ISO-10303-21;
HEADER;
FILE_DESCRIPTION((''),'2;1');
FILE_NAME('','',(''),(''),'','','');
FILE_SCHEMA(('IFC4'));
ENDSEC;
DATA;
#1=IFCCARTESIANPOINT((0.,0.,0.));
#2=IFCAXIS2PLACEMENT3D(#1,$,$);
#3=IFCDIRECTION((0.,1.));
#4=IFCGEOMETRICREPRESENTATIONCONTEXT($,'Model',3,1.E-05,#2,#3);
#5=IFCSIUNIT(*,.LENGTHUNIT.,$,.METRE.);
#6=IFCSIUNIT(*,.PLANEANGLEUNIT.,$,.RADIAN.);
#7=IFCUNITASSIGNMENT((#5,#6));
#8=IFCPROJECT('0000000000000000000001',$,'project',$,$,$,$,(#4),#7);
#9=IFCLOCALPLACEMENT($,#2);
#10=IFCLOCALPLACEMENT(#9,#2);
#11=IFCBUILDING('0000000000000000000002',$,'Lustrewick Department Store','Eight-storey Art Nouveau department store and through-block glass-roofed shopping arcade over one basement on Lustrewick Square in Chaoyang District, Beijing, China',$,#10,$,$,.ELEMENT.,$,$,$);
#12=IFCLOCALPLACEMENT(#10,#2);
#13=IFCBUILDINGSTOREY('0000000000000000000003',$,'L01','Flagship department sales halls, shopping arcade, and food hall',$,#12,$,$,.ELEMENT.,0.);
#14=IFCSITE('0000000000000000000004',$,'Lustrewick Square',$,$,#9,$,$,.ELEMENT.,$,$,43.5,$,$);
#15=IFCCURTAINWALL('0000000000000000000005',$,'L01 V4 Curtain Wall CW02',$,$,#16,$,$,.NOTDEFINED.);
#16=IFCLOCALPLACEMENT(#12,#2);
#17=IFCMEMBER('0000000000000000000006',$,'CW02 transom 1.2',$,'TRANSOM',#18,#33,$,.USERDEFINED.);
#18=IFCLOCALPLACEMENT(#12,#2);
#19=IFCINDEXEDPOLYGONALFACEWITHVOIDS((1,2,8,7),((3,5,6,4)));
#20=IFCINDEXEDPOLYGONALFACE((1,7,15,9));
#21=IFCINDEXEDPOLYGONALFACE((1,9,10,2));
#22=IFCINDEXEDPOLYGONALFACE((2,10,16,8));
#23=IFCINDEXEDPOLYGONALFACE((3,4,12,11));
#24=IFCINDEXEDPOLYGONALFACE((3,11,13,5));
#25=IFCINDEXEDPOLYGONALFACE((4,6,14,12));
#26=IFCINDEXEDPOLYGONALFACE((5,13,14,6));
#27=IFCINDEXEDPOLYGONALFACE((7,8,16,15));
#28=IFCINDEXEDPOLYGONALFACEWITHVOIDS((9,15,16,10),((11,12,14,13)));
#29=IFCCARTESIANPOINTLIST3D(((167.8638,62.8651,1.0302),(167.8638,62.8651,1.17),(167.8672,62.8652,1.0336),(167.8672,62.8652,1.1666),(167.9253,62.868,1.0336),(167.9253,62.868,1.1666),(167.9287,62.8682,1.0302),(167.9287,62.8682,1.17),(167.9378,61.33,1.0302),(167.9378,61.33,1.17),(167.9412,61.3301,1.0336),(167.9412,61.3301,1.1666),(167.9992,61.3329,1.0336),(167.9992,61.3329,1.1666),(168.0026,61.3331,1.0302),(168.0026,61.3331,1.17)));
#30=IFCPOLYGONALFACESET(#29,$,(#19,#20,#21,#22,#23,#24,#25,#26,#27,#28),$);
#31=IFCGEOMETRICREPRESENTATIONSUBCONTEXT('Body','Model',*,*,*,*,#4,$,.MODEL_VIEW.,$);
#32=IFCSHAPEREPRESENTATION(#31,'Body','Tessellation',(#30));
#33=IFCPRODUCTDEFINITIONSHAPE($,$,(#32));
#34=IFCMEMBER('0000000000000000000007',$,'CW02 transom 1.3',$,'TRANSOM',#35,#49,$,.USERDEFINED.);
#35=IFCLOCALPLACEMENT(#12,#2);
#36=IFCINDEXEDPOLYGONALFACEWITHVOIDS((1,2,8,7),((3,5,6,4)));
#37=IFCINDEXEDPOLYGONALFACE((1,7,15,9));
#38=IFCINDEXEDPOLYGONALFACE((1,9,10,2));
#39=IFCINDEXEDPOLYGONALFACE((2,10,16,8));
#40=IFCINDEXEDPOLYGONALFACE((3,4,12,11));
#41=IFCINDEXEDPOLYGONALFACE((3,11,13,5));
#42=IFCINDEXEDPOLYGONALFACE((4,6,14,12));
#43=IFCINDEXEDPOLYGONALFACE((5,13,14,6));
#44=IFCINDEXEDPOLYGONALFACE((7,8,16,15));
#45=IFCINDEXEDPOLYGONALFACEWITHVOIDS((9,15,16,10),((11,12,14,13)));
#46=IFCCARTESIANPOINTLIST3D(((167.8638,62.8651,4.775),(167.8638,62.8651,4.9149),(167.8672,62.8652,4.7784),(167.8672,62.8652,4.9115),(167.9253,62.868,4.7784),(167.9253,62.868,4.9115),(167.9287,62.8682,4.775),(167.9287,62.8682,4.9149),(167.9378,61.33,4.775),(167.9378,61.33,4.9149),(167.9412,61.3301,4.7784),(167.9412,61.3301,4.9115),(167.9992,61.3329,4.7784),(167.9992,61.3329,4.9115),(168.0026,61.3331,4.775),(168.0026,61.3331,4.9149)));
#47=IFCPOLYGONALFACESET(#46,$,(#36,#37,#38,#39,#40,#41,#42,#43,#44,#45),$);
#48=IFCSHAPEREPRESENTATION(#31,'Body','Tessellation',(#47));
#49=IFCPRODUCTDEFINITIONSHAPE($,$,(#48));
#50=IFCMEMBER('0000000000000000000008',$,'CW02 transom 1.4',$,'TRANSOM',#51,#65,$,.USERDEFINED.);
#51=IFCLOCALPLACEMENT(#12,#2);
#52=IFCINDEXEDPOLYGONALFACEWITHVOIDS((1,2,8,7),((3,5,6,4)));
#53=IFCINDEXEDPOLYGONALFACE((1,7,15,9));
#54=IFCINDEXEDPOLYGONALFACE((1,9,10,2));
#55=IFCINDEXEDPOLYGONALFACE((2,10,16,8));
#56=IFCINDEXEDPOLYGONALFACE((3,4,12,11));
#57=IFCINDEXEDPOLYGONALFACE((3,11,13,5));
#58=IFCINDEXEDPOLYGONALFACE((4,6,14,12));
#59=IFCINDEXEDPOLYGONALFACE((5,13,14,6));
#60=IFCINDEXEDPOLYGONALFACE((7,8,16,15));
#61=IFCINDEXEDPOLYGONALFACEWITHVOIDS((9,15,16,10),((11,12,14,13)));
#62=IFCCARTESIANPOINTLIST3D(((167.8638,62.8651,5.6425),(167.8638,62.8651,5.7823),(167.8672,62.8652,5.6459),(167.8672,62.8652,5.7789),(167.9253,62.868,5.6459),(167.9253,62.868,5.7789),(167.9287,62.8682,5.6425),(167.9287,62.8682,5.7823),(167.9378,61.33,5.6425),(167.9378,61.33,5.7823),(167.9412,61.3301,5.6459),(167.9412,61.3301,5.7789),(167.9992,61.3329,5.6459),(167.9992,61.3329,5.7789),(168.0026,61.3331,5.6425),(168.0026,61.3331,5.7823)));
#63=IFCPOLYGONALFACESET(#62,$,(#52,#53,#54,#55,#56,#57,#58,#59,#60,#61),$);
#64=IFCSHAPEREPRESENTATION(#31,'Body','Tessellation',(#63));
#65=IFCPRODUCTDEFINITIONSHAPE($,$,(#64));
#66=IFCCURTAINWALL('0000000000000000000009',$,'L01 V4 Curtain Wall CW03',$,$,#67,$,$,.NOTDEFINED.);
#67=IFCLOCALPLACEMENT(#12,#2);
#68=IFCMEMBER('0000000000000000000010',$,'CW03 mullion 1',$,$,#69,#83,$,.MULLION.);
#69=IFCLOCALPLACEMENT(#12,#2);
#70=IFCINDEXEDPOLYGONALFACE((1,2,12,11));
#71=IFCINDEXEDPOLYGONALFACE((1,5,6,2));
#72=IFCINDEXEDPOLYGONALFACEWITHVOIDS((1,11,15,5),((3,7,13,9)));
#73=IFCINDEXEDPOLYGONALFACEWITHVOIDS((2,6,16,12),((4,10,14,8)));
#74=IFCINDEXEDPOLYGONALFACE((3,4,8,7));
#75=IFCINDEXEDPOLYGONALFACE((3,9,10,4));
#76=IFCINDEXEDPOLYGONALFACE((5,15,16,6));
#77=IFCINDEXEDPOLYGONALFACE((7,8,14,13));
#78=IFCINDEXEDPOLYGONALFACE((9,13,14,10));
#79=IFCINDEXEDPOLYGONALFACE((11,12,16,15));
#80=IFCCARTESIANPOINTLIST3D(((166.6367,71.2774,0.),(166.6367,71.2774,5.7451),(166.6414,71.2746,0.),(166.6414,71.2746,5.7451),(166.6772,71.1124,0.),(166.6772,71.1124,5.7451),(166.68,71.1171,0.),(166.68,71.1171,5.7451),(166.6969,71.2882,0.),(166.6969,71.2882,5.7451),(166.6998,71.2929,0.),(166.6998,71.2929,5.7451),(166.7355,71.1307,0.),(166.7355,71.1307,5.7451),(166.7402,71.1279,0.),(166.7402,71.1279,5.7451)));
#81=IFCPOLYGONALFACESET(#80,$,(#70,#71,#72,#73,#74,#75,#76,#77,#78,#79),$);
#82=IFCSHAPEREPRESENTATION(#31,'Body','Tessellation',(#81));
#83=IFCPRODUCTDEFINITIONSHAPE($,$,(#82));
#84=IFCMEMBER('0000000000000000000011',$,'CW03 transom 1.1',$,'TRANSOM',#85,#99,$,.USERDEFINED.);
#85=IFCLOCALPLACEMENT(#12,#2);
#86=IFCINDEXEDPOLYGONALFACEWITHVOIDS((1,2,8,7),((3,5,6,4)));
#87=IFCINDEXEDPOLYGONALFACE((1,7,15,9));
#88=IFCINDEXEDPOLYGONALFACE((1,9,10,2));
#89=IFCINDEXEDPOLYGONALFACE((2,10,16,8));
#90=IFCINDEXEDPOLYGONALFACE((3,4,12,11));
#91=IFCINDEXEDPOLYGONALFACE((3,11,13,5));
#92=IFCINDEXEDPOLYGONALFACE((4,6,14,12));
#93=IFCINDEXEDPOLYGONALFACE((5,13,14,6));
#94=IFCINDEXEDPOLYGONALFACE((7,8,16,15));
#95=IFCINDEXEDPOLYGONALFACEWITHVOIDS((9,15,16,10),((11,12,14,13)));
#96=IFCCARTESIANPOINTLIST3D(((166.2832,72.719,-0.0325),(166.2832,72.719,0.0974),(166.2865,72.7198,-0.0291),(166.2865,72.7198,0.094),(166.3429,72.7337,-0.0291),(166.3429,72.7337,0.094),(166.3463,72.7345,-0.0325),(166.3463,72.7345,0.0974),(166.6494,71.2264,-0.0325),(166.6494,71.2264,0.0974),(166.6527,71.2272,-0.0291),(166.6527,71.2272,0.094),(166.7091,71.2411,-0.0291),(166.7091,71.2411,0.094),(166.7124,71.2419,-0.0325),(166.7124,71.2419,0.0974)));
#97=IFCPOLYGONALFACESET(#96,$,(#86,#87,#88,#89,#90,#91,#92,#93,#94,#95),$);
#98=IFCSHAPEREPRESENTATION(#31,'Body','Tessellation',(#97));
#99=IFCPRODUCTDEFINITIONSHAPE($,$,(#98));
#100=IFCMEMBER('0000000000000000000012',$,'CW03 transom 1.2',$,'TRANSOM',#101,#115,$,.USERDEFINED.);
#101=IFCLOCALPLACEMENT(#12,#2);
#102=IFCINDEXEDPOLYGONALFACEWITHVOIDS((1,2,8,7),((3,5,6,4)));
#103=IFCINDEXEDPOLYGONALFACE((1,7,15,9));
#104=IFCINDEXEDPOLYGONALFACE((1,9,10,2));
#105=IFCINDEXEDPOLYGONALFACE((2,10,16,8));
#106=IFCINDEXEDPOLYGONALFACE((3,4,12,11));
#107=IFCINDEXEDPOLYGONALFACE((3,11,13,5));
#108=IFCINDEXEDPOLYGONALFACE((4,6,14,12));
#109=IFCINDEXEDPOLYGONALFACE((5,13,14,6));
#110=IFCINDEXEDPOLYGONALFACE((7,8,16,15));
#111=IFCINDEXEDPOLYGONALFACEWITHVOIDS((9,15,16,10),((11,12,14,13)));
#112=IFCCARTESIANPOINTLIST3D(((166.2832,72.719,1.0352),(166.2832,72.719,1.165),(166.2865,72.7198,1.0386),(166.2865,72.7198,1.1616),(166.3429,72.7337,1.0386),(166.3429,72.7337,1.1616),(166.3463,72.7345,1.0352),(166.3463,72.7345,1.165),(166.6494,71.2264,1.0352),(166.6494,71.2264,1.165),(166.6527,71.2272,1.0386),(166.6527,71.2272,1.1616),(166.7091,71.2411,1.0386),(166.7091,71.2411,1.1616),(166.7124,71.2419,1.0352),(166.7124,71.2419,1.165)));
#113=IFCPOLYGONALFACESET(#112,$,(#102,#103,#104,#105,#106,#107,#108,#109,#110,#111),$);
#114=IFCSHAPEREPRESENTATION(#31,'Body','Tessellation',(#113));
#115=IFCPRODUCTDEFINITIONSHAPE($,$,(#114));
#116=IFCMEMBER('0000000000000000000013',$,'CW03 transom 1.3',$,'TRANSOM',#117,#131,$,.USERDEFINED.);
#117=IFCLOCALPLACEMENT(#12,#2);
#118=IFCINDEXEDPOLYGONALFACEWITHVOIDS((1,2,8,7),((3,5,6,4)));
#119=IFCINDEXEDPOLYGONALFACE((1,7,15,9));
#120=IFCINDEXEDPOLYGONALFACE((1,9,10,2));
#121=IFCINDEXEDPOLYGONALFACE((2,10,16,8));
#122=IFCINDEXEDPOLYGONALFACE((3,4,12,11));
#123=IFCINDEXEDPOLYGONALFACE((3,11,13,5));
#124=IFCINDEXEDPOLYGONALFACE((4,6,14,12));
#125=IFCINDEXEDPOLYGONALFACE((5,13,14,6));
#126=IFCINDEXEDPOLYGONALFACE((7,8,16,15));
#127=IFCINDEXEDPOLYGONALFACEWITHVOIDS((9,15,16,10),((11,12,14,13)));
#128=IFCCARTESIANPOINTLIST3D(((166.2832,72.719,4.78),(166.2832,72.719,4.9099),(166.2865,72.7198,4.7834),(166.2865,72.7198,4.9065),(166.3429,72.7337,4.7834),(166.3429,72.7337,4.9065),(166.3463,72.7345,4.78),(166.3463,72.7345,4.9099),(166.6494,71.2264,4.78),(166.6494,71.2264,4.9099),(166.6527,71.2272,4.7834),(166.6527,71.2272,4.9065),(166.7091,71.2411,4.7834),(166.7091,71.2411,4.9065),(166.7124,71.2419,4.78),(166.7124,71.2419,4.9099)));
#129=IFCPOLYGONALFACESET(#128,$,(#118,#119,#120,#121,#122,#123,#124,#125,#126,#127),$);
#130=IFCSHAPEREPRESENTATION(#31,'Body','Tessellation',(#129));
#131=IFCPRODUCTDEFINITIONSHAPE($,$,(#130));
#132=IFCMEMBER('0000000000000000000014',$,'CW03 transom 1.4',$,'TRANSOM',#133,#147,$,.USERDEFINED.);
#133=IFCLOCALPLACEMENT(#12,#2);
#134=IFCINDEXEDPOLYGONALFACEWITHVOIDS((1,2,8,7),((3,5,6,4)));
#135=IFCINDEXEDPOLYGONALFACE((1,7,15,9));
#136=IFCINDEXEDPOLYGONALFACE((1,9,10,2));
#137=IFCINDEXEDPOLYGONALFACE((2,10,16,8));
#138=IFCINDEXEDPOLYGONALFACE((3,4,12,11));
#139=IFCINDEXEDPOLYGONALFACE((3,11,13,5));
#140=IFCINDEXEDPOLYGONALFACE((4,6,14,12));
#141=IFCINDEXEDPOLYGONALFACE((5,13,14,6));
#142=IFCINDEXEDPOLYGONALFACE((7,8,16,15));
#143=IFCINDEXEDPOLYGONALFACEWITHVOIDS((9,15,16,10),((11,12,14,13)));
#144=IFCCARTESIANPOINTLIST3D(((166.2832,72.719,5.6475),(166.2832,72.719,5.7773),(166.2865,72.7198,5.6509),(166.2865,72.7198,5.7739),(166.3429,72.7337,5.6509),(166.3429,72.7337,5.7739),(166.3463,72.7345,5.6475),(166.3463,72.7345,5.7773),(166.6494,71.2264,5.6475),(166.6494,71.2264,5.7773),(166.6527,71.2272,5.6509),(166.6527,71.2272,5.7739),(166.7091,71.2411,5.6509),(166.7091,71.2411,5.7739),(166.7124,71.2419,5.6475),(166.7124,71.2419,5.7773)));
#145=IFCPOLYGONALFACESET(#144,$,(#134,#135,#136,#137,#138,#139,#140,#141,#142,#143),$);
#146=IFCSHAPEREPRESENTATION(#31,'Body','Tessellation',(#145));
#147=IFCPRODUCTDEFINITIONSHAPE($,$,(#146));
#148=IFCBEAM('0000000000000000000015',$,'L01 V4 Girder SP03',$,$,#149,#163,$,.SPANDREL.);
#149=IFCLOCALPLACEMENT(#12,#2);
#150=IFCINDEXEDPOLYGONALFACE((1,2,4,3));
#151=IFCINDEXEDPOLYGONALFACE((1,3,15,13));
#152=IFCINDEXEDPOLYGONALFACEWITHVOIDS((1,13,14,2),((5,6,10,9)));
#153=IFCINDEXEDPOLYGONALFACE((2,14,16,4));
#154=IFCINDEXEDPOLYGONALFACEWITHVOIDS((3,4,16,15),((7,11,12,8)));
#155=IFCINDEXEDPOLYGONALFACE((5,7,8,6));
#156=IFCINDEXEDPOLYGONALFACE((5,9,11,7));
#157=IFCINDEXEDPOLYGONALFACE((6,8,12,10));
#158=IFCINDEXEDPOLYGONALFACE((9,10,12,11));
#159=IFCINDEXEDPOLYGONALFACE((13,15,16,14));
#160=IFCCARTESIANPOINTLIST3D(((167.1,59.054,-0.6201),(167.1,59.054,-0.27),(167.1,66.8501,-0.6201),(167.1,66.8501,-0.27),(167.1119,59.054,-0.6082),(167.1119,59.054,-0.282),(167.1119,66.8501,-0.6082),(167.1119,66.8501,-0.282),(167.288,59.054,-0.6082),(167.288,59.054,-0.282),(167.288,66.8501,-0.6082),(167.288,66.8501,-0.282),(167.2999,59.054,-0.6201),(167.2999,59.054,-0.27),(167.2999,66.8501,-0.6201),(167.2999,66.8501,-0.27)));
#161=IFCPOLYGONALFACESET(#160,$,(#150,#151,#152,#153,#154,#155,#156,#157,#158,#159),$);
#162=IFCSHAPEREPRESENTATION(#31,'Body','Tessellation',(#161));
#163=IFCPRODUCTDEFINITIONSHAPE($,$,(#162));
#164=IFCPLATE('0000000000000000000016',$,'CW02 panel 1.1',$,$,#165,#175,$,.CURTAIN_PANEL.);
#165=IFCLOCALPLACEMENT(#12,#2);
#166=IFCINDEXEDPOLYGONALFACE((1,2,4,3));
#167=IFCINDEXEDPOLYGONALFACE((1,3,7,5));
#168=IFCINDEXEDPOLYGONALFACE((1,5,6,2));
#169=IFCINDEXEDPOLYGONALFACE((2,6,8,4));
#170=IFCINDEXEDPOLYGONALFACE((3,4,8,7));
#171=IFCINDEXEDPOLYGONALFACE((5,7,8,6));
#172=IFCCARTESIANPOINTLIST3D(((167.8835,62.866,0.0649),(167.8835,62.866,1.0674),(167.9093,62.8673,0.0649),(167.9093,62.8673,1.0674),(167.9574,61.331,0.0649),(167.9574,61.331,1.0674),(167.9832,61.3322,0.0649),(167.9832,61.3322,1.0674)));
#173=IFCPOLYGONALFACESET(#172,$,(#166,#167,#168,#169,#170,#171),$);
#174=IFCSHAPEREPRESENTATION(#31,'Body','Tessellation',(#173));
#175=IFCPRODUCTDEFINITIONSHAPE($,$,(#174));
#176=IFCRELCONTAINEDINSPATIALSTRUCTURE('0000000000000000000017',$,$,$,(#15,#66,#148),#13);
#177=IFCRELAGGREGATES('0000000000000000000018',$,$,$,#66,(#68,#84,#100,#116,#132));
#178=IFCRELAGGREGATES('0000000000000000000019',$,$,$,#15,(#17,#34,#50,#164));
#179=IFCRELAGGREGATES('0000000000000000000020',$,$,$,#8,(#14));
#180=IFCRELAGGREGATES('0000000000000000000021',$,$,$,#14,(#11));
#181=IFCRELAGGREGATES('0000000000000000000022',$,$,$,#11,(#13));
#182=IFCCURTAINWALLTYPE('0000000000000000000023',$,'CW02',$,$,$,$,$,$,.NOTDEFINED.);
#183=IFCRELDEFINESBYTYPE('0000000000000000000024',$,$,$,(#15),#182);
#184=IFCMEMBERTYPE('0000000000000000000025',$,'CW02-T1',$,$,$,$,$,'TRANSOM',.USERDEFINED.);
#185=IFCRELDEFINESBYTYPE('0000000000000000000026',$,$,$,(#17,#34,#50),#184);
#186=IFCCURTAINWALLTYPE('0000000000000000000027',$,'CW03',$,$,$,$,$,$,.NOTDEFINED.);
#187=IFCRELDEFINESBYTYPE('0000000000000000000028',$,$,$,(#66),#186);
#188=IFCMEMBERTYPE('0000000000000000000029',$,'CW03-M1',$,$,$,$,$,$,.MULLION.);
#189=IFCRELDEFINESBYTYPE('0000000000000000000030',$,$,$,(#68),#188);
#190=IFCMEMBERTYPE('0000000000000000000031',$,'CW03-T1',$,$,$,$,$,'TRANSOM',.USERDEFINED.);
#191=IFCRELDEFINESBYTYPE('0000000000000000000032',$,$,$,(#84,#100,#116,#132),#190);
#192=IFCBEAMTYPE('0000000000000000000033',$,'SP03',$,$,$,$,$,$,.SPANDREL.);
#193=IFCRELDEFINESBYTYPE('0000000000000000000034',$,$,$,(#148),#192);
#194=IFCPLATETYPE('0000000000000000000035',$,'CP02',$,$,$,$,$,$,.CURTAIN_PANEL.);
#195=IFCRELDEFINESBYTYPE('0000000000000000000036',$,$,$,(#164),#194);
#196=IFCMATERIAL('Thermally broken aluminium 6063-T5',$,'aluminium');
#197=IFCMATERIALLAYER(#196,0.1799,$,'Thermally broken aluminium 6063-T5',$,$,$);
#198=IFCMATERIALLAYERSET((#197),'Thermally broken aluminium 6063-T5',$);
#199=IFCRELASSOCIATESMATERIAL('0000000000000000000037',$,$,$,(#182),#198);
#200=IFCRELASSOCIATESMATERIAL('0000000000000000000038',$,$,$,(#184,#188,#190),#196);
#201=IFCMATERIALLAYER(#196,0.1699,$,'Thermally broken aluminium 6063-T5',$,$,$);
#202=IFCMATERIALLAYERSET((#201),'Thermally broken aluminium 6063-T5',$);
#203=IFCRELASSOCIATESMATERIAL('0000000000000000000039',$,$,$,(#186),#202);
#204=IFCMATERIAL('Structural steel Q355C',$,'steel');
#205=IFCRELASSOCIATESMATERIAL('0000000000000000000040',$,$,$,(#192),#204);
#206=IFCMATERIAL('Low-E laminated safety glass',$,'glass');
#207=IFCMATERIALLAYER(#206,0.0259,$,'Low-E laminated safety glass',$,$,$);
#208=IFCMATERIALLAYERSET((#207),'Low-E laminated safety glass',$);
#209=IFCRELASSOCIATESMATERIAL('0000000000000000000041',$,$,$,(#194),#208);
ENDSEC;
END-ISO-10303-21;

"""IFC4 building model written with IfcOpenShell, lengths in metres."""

from ifc_helpers import new_model, si_unit, direction, frame, origin, origin_2d, place, context, subcontext, project, spatial, rectangle, hollow_rectangle, extrude, material, layer, layer_set, material_profile, profile_set, type_object, element, aggregate, save


model = new_model("IFC4")

# Units and contexts
model_context = context("Model", 3, precision=1e-05, world=origin(), true_north=direction((0.0, 1.0)))
body_context = subcontext(model_context, "Body", "Model", "MODEL_VIEW")
ifc_project = project(units=[si_unit("LENGTHUNIT", "METRE"), si_unit("PLANEANGLEUNIT", "RADIAN")], contexts=[model_context])

# Site, building, storey
site_placement = place(None, origin())
site = spatial("IfcSite", under=ifc_project, at=site_placement, Name="Lustrewick Square", CompositionType="ELEMENT", RefElevation=43.5)
building_placement = place(site_placement, origin())
building = spatial("IfcBuilding", under=site, at=building_placement, Name="Lustrewick Department Store", Description="Eight-storey Art Nouveau department store and through-block glass-roofed shopping arcade over one basement on Lustrewick Square in Chaoyang District, Beijing, China", CompositionType="ELEMENT")
storey_placement = place(building_placement, origin())
storey = spatial("IfcBuildingStorey", under=building, at=storey_placement, Name="L01", Description="Flagship department sales halls, shopping arcade, and food hall", CompositionType="ELEMENT", Elevation=0.0)

# Shared definitions
ifc_material_1 = material(Name="Structural steel Q355C", Category="steel")

# Curtain walls, members
ifc_material_2 = material(Name="Thermally broken aluminium 6063-T5", Category="aluminium")
ifc_layer_1 = layer(ifc_material_2, 0.1799, Name="Thermally broken aluminium 6063-T5")
ifc_layer_set_1 = layer_set([ifc_layer_1], Name="Thermally broken aluminium 6063-T5")
curtain_wall_type_1 = type_object("IfcCurtainWallType", Name="CW02", PredefinedType="NOTDEFINED", material=ifc_layer_set_1)
curtain_wall_1_placement = place(storey_placement, origin())
curtain_wall_1 = element("IfcCurtainWall", 1, at=curtain_wall_1_placement, inside=storey, type_object=curtain_wall_type_1, Name="L01 V4 Curtain Wall CW02", PredefinedType="NOTDEFINED")
ifc_material_profile_1 = material_profile(ifc_material_2, hollow_rectangle(XDim=0.0649, YDim=0.1399, WallThickness=0.0034, at=origin_2d()), Name="ALU-T 65x140x3.5")
ifc_profile_set_1 = profile_set([ifc_material_profile_1], Name="Thermally broken aluminium 6063-T5")
member_type_1 = type_object("IfcMemberType", Name="CW02-T1", ElementType="TRANSOM", PredefinedType="USERDEFINED", material=ifc_profile_set_1)
member_1_placement = place(storey_placement, frame((167.9702, 61.3315, 1.1001), z_axis=(-0.048131, 0.998841, 0.0), x_axis=(-0.998841, -0.048131, 0.0)))
member_1 = element("IfcMember", 2, at=member_1_placement, type_object=member_type_1, Name="CW02 transom 1.2", ObjectType="TRANSOM", PredefinedType="USERDEFINED", context=body_context, shape_type="SweptSolid", body=[
    extrude(hollow_rectangle(XDim=0.0649, YDim=0.1399, WallThickness=0.0034, at=origin_2d()), origin(), (0.0, 0.0, 1.0), 1.5369),
])
member_2_placement = place(storey_placement, frame((167.9702, 61.3315, 4.845), z_axis=(-0.048131, 0.998841, 0.0), x_axis=(-0.998841, -0.048131, 0.0)))
member_2 = element("IfcMember", 3, at=member_2_placement, type_object=member_type_1, Name="CW02 transom 1.3", ObjectType="TRANSOM", PredefinedType="USERDEFINED", context=body_context, shape_type="SweptSolid", body=[
    extrude(hollow_rectangle(XDim=0.0649, YDim=0.1399, WallThickness=0.0034, at=origin_2d()), origin(), (0.0, 0.0, 1.0), 1.5369),
])
member_3_placement = place(storey_placement, frame((167.9702, 61.3315, 5.7124), z_axis=(-0.048131, 0.998841, 0.0), x_axis=(-0.998841, -0.048131, 0.0)))
member_3 = element("IfcMember", 4, at=member_3_placement, type_object=member_type_1, Name="CW02 transom 1.4", ObjectType="TRANSOM", PredefinedType="USERDEFINED", context=body_context, shape_type="SweptSolid", body=[
    extrude(hollow_rectangle(XDim=0.0649, YDim=0.1399, WallThickness=0.0034, at=origin_2d()), origin(), (0.0, 0.0, 1.0), 1.5369),
])
ifc_layer_2 = layer(ifc_material_2, 0.1699, Name="Thermally broken aluminium 6063-T5")
ifc_layer_set_2 = layer_set([ifc_layer_2], Name="Thermally broken aluminium 6063-T5")
curtain_wall_type_2 = type_object("IfcCurtainWallType", Name="CW03", PredefinedType="NOTDEFINED", material=ifc_layer_set_2)
curtain_wall_2_placement = place(storey_placement, origin())
curtain_wall_2 = element("IfcCurtainWall", 5, at=curtain_wall_2_placement, inside=storey, type_object=curtain_wall_type_2, Name="L01 V4 Curtain Wall CW03", PredefinedType="NOTDEFINED")
ifc_material_profile_2 = material_profile(ifc_material_2, hollow_rectangle(XDim=0.0649, YDim=0.1699, WallThickness=0.0039, at=origin_2d()), Name="ALU-M 65x170x4")
ifc_profile_set_2 = profile_set([ifc_material_profile_2], Name="Thermally broken aluminium 6063-T5")
member_type_2 = type_object("IfcMemberType", Name="CW03-M1", PredefinedType="MULLION", material=ifc_profile_set_2)
member_4_placement = place(storey_placement, frame((166.6885, 71.2026, 0.0), z_axis=(0.0, 0.0, 1.0), x_axis=(-0.971223, -0.238171, 0.0)))
member_4 = element("IfcMember", 6, at=member_4_placement, type_object=member_type_2, Name="CW03 mullion 1", PredefinedType="MULLION", context=body_context, shape_type="SweptSolid", body=[
    extrude(hollow_rectangle(XDim=0.0649, YDim=0.1699, WallThickness=0.0039, at=origin_2d()), origin(), (0.0, 0.0, 1.0), 5.7451),
])
ifc_material_profile_3 = material_profile(ifc_material_2, hollow_rectangle(XDim=0.0649, YDim=0.1299, WallThickness=0.0034, at=origin_2d()), Name="ALU-T 65x130x3.5")
ifc_profile_set_3 = profile_set([ifc_material_profile_3], Name="Thermally broken aluminium 6063-T5")
member_type_3 = type_object("IfcMemberType", Name="CW03-T1", ElementType="TRANSOM", PredefinedType="USERDEFINED", material=ifc_profile_set_3)
member_5_placement = place(storey_placement, frame((166.6809, 71.2341, 0.0325), z_axis=(-0.238272, 0.971198, 0.0), x_axis=(-0.971198, -0.238272, 0.0)))
member_5 = element("IfcMember", 7, at=member_5_placement, type_object=member_type_3, Name="CW03 transom 1.1", ObjectType="TRANSOM", PredefinedType="USERDEFINED", context=body_context, shape_type="SweptSolid", body=[
    extrude(hollow_rectangle(XDim=0.0649, YDim=0.1299, WallThickness=0.0034, at=origin_2d()), origin(), (0.0, 0.0, 1.0), 1.5369),
])
member_6_placement = place(storey_placement, frame((166.6809, 71.2341, 1.1001), z_axis=(-0.238272, 0.971198, 0.0), x_axis=(-0.971198, -0.238272, 0.0)))
member_6 = element("IfcMember", 8, at=member_6_placement, type_object=member_type_3, Name="CW03 transom 1.2", ObjectType="TRANSOM", PredefinedType="USERDEFINED", context=body_context, shape_type="SweptSolid", body=[
    extrude(hollow_rectangle(XDim=0.0649, YDim=0.1299, WallThickness=0.0034, at=origin_2d()), origin(), (0.0, 0.0, 1.0), 1.5369),
])
member_7_placement = place(storey_placement, frame((166.6809, 71.2341, 4.845), z_axis=(-0.238272, 0.971198, 0.0), x_axis=(-0.971198, -0.238272, 0.0)))
member_7 = element("IfcMember", 9, at=member_7_placement, type_object=member_type_3, Name="CW03 transom 1.3", ObjectType="TRANSOM", PredefinedType="USERDEFINED", context=body_context, shape_type="SweptSolid", body=[
    extrude(hollow_rectangle(XDim=0.0649, YDim=0.1299, WallThickness=0.0034, at=origin_2d()), origin(), (0.0, 0.0, 1.0), 1.5369),
])
member_8_placement = place(storey_placement, frame((166.6809, 71.2341, 5.7124), z_axis=(-0.238272, 0.971198, 0.0), x_axis=(-0.971198, -0.238272, 0.0)))
member_8 = element("IfcMember", 10, at=member_8_placement, type_object=member_type_3, Name="CW03 transom 1.4", ObjectType="TRANSOM", PredefinedType="USERDEFINED", context=body_context, shape_type="SweptSolid", body=[
    extrude(hollow_rectangle(XDim=0.0649, YDim=0.1299, WallThickness=0.0034, at=origin_2d()), origin(), (0.0, 0.0, 1.0), 1.5369),
])
aggregate(curtain_wall_2, [member_4, member_5, member_6, member_7, member_8])

# Beam
ifc_material_profile_4 = material_profile(ifc_material_1, hollow_rectangle(XDim=0.2, YDim=0.3501, WallThickness=0.012, at=origin_2d()), Name="RHS 350x200x12")
ifc_profile_set_4 = profile_set([ifc_material_profile_4], Name="Structural steel Q355C")
beam_type_1 = type_object("IfcBeamType", Name="SP03", PredefinedType="SPANDREL", material=ifc_profile_set_4)
beam_1_placement = place(storey_placement, frame((167.2, 59.054, -0.4451), z_axis=(0.0, 1.0, 0.0), x_axis=(-1.0, 0.0, 0.0)))
element("IfcBeam", 11, at=beam_1_placement, inside=storey, type_object=beam_type_1, Name="L01 V4 Girder SP03", PredefinedType="SPANDREL", context=body_context, shape_type="SweptSolid", body=[
    extrude(hollow_rectangle(XDim=0.2, YDim=0.3501, WallThickness=0.012, at=origin_2d()), origin(), (0.0, 0.0, 1.0), 7.7961),
])

# Plate
ifc_material_3 = material(Name="Low-E laminated safety glass", Category="glass")
ifc_layer_3 = layer(ifc_material_3, 0.0259, Name="Low-E laminated safety glass")
ifc_layer_set_3 = layer_set([ifc_layer_3], Name="Low-E laminated safety glass")
plate_type = type_object("IfcPlateType", Name="CP02", PredefinedType="CURTAIN_PANEL", material=ifc_layer_set_3)
plate_1_placement = place(storey_placement, frame((167.9333, 62.0991, 0.0649), z_axis=(0.0, 0.0, 1.0), x_axis=(-0.048053, 0.998845, 0.0)))
plate_1 = element("IfcPlate", 12, at=plate_1_placement, type_object=plate_type, Name="CW02 panel 1.1", PredefinedType="CURTAIN_PANEL", context=body_context, shape_type="SweptSolid", body=[
    extrude(rectangle(XDim=1.5369, YDim=0.0259, at=origin_2d()), origin(), (0.0, 0.0, 1.0), 1.0024),
])
aggregate(curtain_wall_1, [member_1, member_2, member_3, plate_1])

save(model, "model.ifc")
